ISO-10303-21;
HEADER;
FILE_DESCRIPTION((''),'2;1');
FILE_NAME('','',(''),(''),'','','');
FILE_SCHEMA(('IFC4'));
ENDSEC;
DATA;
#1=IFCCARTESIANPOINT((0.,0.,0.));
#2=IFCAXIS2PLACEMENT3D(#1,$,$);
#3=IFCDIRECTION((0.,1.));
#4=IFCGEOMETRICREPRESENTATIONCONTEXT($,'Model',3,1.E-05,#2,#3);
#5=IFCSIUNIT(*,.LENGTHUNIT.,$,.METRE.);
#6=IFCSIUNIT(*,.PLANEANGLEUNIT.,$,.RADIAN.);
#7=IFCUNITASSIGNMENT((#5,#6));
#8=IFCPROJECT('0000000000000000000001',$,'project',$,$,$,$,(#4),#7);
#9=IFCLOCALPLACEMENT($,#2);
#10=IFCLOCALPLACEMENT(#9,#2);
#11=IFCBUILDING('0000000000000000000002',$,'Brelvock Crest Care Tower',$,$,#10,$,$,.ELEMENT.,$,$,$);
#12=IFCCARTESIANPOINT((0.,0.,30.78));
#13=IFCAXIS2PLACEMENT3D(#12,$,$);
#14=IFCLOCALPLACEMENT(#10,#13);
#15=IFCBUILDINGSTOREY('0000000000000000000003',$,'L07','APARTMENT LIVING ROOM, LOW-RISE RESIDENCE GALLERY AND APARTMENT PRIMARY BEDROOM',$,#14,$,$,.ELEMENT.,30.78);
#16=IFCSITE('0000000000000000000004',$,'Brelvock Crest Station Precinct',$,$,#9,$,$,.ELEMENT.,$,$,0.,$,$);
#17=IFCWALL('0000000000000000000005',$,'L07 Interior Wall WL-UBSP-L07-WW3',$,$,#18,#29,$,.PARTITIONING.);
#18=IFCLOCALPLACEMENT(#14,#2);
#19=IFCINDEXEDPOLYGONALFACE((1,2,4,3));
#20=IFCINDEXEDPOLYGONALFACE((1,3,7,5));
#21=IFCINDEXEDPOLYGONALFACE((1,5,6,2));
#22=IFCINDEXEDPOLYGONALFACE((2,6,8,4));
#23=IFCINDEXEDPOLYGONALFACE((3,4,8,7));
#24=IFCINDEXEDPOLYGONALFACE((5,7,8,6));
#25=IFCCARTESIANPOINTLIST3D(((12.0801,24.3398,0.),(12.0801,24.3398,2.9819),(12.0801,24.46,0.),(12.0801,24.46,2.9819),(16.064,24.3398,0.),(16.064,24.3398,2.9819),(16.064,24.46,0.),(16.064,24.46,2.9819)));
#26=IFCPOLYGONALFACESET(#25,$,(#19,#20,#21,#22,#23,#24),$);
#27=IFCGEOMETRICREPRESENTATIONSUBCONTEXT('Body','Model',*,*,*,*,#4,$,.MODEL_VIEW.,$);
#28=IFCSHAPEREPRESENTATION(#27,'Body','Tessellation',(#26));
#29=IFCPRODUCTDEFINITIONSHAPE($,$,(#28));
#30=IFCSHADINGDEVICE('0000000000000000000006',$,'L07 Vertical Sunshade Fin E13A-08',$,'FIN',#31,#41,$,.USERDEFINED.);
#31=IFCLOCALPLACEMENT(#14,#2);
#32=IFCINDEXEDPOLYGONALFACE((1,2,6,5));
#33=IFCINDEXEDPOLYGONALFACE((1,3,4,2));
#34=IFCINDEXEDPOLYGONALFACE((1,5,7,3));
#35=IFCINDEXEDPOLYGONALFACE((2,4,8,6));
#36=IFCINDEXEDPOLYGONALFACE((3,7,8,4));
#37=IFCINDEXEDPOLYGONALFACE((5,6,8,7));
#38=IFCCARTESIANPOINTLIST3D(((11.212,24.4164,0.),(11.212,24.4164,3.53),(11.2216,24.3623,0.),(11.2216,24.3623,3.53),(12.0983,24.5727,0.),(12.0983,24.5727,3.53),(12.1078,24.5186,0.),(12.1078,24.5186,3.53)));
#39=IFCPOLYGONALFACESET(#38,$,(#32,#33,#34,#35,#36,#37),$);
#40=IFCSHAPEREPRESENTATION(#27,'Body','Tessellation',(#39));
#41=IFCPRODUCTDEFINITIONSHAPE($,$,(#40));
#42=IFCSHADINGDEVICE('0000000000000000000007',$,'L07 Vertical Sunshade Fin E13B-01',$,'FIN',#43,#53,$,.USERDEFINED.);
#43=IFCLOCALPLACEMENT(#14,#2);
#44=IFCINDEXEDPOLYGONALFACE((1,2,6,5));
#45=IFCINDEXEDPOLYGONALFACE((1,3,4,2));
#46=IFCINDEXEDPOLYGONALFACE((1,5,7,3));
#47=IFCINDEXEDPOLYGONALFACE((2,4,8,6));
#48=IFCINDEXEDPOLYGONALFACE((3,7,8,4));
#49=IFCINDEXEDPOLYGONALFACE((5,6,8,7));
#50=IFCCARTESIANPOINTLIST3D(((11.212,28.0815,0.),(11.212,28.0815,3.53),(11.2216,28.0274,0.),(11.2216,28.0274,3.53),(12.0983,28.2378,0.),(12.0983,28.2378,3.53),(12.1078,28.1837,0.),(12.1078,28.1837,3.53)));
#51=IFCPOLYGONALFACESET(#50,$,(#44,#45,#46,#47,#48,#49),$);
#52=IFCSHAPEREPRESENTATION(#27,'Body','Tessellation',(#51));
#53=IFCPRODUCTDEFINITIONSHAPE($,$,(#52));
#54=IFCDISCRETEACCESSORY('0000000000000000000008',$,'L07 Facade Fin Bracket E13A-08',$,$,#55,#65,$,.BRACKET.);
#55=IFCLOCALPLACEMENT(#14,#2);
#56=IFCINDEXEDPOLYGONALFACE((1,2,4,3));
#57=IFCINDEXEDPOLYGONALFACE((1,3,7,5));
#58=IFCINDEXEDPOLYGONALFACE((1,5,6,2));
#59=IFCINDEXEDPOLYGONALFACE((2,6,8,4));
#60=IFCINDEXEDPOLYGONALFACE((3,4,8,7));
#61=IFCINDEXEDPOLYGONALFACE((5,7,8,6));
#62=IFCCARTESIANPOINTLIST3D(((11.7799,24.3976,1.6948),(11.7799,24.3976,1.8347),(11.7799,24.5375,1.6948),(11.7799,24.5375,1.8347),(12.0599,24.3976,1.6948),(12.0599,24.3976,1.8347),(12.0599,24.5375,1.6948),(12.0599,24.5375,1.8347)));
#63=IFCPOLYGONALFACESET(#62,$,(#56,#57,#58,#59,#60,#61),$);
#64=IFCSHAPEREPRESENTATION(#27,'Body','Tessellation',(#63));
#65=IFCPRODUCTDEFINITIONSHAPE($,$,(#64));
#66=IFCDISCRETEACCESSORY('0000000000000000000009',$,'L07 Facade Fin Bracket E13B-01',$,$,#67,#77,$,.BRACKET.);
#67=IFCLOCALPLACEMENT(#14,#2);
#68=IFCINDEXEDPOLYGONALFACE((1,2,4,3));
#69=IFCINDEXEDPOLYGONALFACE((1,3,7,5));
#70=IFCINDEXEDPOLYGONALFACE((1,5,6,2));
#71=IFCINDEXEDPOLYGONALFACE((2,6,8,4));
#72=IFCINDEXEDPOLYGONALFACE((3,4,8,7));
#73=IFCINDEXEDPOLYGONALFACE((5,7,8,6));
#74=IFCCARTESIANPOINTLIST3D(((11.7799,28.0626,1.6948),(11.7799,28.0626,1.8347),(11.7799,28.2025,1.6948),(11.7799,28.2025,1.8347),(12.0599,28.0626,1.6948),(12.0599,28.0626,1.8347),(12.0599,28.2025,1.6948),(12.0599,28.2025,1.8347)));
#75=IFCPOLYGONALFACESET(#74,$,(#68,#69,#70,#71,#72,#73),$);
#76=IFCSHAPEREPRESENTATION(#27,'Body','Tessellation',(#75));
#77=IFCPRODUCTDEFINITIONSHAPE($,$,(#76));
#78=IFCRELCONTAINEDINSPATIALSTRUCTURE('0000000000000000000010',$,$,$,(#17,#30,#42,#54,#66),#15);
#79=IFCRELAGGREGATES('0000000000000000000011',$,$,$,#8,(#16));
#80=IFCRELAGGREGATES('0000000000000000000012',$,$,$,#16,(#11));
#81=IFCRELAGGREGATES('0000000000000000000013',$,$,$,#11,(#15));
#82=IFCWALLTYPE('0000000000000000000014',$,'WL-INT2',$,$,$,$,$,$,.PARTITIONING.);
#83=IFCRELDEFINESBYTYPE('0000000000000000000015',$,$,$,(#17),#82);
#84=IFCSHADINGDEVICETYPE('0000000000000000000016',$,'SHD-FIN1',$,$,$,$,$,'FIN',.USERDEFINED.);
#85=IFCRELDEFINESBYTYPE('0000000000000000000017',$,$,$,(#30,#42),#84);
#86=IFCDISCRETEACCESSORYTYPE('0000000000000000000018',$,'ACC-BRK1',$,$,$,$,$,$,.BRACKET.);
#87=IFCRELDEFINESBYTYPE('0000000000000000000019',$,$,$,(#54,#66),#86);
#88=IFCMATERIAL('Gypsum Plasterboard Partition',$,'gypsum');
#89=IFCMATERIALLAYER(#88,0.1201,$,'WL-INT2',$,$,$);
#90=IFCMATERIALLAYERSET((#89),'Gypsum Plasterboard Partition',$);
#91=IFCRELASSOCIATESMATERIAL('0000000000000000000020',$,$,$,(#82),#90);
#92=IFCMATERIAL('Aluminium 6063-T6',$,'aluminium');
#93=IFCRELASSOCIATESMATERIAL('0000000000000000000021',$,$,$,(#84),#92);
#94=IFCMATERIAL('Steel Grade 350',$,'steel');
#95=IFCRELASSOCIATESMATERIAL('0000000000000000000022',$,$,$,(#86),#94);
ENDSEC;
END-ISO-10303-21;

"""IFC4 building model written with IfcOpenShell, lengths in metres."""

from ifc_helpers import new_model, si_unit, direction, frame, frame_2d, origin, origin_2d, place, context, subcontext, project, spatial, rectangle, extrude, source, transform, mapped, material, layer, layer_set, material_profile, profile_set, type_object, element, save


model = new_model("IFC4")

# Units and contexts
model_context = context("Model", 3, precision=1e-05, world=origin(), true_north=direction((0.0, 1.0)))
body_context = subcontext(model_context, "Body", "Model", "MODEL_VIEW")
ifc_project = project(units=[si_unit("LENGTHUNIT", "METRE"), si_unit("PLANEANGLEUNIT", "RADIAN")], contexts=[model_context])

# Site, building, storey
site_placement = place(None, origin())
site = spatial("IfcSite", under=ifc_project, at=site_placement, Name="Brelvock Crest Station Precinct", CompositionType="ELEMENT", RefElevation=0.0)
building_placement = place(site_placement, origin())
building = spatial("IfcBuilding", under=site, at=building_placement, Name="Brelvock Crest Care Tower", CompositionType="ELEMENT")
storey_placement = place(building_placement, frame((0.0, 0.0, 30.78)))
storey = spatial("IfcBuildingStorey", under=building, at=storey_placement, Name="L07", Description="APARTMENT LIVING ROOM, LOW-RISE RESIDENCE GALLERY AND APARTMENT PRIMARY BEDROOM", CompositionType="ELEMENT", Elevation=30.78)

# Shared definitions
ifc_material_1 = material(Name="Steel Grade 350", Category="steel")

# Shared definitions
ifc_material_2 = material(Name="Aluminium 6063-T6", Category="aluminium")

# Wall
ifc_material_3 = material(Name="Gypsum Plasterboard Partition", Category="gypsum")
ifc_layer_1 = layer(ifc_material_3, 0.1201, Name="WL-INT2")
ifc_layer_set_1 = layer_set([ifc_layer_1], Name="Gypsum Plasterboard Partition")
wall_type_1 = type_object("IfcWallType", Name="WL-INT2", PredefinedType="PARTITIONING", material=ifc_layer_set_1)
wall_1_placement = place(storey_placement, frame((12.0801, 24.3999, 0.0), z_axis=(0.0, 0.0, 1.0), x_axis=(1.0, 0.0, 0.0)))
element("IfcWall", 1, at=wall_1_placement, inside=storey, type_object=wall_type_1, Name="L07 Interior Wall WL-UBSP-L07-WW3", PredefinedType="PARTITIONING", context=body_context, shape_type="SweptSolid", body=[
    extrude(rectangle(XDim=3.9839, YDim=0.1201, at=frame_2d((1.9919, 0.0))), origin(), (0.0, 0.0, 1.0), 2.9819),
])

# Shading devices
ifc_material_profile_1 = material_profile(ifc_material_2, rectangle(XDim=0.0549, YDim=0.8999, at=origin_2d()), Name="FIN55x900")
ifc_profile_set_1 = profile_set([ifc_material_profile_1], Name="Aluminium 6063-T6")
shading_device_type = type_object("IfcShadingDeviceType", Name="SHD-FIN1", ElementType="FIN", PredefinedType="USERDEFINED", material=ifc_profile_set_1)
shared_shape_1 = source(origin(), body_context, "Body", "SweptSolid", [
    extrude(rectangle(XDim=0.0549, YDim=0.8999, at=origin_2d()), origin(), (0.0, 0.0, 1.0), 3.53),
])
for number, where, z_axis, x_axis, name in (
    (2, (11.6599, 24.4675, 0.0), (0.0, 0.0, 1.0), (-0.173648, 0.984808, 0.0), "L07 Vertical Sunshade Fin E13A-08"),
    (3, (11.6599, 28.1326, 0.0), (0.0, 0.0, 1.0), (-0.173648, 0.984808, 0.0), "L07 Vertical Sunshade Fin E13B-01"),
):
    element("IfcShadingDevice", number, at=place(storey_placement, frame(where, z_axis=z_axis, x_axis=x_axis)), inside=storey, type_object=shading_device_type, Name=name, ObjectType="FIN", PredefinedType="USERDEFINED", context=body_context, shape_type="MappedRepresentation", body=[
        mapped(shared_shape_1, transform((0.0, 0.0, 0.0), x_axis=(1.0, 0.0, 0.0), y_axis=(0.0, 1.0, 0.0), z_axis=(0.0, 0.0, 1.0), scale=1.0)),
    ])

# Discrete accessories
discrete_accessory_type = type_object("IfcDiscreteAccessoryType", Name="ACC-BRK1", PredefinedType="BRACKET", material=ifc_material_1)
shared_shape_2 = source(origin(), body_context, "Body", "SweptSolid", [
    extrude(rectangle(XDim=0.28, YDim=0.1399, at=origin_2d()), origin(), (0.0, 0.0, 1.0), 0.1399),
])
for number, where, z_axis, x_axis, name in (
    (4, (11.9199, 24.4675, 1.6948), (0.0, 0.0, 1.0), (-1.0, 0.0, 0.0), "L07 Facade Fin Bracket E13A-08"),
    (5, (11.9199, 28.1326, 1.6948), (0.0, 0.0, 1.0), (-1.0, 0.0, 0.0), "L07 Facade Fin Bracket E13B-01"),
):
    element("IfcDiscreteAccessory", number, at=place(storey_placement, frame(where, z_axis=z_axis, x_axis=x_axis)), inside=storey, type_object=discrete_accessory_type, Name=name, PredefinedType="BRACKET", context=body_context, shape_type="MappedRepresentation", body=[
        mapped(shared_shape_2, transform((0.0, 0.0, 0.0), x_axis=(1.0, 0.0, 0.0), y_axis=(0.0, 1.0, 0.0), z_axis=(0.0, 0.0, 1.0), scale=1.0)),
    ])

save(model, "model.ifc")
